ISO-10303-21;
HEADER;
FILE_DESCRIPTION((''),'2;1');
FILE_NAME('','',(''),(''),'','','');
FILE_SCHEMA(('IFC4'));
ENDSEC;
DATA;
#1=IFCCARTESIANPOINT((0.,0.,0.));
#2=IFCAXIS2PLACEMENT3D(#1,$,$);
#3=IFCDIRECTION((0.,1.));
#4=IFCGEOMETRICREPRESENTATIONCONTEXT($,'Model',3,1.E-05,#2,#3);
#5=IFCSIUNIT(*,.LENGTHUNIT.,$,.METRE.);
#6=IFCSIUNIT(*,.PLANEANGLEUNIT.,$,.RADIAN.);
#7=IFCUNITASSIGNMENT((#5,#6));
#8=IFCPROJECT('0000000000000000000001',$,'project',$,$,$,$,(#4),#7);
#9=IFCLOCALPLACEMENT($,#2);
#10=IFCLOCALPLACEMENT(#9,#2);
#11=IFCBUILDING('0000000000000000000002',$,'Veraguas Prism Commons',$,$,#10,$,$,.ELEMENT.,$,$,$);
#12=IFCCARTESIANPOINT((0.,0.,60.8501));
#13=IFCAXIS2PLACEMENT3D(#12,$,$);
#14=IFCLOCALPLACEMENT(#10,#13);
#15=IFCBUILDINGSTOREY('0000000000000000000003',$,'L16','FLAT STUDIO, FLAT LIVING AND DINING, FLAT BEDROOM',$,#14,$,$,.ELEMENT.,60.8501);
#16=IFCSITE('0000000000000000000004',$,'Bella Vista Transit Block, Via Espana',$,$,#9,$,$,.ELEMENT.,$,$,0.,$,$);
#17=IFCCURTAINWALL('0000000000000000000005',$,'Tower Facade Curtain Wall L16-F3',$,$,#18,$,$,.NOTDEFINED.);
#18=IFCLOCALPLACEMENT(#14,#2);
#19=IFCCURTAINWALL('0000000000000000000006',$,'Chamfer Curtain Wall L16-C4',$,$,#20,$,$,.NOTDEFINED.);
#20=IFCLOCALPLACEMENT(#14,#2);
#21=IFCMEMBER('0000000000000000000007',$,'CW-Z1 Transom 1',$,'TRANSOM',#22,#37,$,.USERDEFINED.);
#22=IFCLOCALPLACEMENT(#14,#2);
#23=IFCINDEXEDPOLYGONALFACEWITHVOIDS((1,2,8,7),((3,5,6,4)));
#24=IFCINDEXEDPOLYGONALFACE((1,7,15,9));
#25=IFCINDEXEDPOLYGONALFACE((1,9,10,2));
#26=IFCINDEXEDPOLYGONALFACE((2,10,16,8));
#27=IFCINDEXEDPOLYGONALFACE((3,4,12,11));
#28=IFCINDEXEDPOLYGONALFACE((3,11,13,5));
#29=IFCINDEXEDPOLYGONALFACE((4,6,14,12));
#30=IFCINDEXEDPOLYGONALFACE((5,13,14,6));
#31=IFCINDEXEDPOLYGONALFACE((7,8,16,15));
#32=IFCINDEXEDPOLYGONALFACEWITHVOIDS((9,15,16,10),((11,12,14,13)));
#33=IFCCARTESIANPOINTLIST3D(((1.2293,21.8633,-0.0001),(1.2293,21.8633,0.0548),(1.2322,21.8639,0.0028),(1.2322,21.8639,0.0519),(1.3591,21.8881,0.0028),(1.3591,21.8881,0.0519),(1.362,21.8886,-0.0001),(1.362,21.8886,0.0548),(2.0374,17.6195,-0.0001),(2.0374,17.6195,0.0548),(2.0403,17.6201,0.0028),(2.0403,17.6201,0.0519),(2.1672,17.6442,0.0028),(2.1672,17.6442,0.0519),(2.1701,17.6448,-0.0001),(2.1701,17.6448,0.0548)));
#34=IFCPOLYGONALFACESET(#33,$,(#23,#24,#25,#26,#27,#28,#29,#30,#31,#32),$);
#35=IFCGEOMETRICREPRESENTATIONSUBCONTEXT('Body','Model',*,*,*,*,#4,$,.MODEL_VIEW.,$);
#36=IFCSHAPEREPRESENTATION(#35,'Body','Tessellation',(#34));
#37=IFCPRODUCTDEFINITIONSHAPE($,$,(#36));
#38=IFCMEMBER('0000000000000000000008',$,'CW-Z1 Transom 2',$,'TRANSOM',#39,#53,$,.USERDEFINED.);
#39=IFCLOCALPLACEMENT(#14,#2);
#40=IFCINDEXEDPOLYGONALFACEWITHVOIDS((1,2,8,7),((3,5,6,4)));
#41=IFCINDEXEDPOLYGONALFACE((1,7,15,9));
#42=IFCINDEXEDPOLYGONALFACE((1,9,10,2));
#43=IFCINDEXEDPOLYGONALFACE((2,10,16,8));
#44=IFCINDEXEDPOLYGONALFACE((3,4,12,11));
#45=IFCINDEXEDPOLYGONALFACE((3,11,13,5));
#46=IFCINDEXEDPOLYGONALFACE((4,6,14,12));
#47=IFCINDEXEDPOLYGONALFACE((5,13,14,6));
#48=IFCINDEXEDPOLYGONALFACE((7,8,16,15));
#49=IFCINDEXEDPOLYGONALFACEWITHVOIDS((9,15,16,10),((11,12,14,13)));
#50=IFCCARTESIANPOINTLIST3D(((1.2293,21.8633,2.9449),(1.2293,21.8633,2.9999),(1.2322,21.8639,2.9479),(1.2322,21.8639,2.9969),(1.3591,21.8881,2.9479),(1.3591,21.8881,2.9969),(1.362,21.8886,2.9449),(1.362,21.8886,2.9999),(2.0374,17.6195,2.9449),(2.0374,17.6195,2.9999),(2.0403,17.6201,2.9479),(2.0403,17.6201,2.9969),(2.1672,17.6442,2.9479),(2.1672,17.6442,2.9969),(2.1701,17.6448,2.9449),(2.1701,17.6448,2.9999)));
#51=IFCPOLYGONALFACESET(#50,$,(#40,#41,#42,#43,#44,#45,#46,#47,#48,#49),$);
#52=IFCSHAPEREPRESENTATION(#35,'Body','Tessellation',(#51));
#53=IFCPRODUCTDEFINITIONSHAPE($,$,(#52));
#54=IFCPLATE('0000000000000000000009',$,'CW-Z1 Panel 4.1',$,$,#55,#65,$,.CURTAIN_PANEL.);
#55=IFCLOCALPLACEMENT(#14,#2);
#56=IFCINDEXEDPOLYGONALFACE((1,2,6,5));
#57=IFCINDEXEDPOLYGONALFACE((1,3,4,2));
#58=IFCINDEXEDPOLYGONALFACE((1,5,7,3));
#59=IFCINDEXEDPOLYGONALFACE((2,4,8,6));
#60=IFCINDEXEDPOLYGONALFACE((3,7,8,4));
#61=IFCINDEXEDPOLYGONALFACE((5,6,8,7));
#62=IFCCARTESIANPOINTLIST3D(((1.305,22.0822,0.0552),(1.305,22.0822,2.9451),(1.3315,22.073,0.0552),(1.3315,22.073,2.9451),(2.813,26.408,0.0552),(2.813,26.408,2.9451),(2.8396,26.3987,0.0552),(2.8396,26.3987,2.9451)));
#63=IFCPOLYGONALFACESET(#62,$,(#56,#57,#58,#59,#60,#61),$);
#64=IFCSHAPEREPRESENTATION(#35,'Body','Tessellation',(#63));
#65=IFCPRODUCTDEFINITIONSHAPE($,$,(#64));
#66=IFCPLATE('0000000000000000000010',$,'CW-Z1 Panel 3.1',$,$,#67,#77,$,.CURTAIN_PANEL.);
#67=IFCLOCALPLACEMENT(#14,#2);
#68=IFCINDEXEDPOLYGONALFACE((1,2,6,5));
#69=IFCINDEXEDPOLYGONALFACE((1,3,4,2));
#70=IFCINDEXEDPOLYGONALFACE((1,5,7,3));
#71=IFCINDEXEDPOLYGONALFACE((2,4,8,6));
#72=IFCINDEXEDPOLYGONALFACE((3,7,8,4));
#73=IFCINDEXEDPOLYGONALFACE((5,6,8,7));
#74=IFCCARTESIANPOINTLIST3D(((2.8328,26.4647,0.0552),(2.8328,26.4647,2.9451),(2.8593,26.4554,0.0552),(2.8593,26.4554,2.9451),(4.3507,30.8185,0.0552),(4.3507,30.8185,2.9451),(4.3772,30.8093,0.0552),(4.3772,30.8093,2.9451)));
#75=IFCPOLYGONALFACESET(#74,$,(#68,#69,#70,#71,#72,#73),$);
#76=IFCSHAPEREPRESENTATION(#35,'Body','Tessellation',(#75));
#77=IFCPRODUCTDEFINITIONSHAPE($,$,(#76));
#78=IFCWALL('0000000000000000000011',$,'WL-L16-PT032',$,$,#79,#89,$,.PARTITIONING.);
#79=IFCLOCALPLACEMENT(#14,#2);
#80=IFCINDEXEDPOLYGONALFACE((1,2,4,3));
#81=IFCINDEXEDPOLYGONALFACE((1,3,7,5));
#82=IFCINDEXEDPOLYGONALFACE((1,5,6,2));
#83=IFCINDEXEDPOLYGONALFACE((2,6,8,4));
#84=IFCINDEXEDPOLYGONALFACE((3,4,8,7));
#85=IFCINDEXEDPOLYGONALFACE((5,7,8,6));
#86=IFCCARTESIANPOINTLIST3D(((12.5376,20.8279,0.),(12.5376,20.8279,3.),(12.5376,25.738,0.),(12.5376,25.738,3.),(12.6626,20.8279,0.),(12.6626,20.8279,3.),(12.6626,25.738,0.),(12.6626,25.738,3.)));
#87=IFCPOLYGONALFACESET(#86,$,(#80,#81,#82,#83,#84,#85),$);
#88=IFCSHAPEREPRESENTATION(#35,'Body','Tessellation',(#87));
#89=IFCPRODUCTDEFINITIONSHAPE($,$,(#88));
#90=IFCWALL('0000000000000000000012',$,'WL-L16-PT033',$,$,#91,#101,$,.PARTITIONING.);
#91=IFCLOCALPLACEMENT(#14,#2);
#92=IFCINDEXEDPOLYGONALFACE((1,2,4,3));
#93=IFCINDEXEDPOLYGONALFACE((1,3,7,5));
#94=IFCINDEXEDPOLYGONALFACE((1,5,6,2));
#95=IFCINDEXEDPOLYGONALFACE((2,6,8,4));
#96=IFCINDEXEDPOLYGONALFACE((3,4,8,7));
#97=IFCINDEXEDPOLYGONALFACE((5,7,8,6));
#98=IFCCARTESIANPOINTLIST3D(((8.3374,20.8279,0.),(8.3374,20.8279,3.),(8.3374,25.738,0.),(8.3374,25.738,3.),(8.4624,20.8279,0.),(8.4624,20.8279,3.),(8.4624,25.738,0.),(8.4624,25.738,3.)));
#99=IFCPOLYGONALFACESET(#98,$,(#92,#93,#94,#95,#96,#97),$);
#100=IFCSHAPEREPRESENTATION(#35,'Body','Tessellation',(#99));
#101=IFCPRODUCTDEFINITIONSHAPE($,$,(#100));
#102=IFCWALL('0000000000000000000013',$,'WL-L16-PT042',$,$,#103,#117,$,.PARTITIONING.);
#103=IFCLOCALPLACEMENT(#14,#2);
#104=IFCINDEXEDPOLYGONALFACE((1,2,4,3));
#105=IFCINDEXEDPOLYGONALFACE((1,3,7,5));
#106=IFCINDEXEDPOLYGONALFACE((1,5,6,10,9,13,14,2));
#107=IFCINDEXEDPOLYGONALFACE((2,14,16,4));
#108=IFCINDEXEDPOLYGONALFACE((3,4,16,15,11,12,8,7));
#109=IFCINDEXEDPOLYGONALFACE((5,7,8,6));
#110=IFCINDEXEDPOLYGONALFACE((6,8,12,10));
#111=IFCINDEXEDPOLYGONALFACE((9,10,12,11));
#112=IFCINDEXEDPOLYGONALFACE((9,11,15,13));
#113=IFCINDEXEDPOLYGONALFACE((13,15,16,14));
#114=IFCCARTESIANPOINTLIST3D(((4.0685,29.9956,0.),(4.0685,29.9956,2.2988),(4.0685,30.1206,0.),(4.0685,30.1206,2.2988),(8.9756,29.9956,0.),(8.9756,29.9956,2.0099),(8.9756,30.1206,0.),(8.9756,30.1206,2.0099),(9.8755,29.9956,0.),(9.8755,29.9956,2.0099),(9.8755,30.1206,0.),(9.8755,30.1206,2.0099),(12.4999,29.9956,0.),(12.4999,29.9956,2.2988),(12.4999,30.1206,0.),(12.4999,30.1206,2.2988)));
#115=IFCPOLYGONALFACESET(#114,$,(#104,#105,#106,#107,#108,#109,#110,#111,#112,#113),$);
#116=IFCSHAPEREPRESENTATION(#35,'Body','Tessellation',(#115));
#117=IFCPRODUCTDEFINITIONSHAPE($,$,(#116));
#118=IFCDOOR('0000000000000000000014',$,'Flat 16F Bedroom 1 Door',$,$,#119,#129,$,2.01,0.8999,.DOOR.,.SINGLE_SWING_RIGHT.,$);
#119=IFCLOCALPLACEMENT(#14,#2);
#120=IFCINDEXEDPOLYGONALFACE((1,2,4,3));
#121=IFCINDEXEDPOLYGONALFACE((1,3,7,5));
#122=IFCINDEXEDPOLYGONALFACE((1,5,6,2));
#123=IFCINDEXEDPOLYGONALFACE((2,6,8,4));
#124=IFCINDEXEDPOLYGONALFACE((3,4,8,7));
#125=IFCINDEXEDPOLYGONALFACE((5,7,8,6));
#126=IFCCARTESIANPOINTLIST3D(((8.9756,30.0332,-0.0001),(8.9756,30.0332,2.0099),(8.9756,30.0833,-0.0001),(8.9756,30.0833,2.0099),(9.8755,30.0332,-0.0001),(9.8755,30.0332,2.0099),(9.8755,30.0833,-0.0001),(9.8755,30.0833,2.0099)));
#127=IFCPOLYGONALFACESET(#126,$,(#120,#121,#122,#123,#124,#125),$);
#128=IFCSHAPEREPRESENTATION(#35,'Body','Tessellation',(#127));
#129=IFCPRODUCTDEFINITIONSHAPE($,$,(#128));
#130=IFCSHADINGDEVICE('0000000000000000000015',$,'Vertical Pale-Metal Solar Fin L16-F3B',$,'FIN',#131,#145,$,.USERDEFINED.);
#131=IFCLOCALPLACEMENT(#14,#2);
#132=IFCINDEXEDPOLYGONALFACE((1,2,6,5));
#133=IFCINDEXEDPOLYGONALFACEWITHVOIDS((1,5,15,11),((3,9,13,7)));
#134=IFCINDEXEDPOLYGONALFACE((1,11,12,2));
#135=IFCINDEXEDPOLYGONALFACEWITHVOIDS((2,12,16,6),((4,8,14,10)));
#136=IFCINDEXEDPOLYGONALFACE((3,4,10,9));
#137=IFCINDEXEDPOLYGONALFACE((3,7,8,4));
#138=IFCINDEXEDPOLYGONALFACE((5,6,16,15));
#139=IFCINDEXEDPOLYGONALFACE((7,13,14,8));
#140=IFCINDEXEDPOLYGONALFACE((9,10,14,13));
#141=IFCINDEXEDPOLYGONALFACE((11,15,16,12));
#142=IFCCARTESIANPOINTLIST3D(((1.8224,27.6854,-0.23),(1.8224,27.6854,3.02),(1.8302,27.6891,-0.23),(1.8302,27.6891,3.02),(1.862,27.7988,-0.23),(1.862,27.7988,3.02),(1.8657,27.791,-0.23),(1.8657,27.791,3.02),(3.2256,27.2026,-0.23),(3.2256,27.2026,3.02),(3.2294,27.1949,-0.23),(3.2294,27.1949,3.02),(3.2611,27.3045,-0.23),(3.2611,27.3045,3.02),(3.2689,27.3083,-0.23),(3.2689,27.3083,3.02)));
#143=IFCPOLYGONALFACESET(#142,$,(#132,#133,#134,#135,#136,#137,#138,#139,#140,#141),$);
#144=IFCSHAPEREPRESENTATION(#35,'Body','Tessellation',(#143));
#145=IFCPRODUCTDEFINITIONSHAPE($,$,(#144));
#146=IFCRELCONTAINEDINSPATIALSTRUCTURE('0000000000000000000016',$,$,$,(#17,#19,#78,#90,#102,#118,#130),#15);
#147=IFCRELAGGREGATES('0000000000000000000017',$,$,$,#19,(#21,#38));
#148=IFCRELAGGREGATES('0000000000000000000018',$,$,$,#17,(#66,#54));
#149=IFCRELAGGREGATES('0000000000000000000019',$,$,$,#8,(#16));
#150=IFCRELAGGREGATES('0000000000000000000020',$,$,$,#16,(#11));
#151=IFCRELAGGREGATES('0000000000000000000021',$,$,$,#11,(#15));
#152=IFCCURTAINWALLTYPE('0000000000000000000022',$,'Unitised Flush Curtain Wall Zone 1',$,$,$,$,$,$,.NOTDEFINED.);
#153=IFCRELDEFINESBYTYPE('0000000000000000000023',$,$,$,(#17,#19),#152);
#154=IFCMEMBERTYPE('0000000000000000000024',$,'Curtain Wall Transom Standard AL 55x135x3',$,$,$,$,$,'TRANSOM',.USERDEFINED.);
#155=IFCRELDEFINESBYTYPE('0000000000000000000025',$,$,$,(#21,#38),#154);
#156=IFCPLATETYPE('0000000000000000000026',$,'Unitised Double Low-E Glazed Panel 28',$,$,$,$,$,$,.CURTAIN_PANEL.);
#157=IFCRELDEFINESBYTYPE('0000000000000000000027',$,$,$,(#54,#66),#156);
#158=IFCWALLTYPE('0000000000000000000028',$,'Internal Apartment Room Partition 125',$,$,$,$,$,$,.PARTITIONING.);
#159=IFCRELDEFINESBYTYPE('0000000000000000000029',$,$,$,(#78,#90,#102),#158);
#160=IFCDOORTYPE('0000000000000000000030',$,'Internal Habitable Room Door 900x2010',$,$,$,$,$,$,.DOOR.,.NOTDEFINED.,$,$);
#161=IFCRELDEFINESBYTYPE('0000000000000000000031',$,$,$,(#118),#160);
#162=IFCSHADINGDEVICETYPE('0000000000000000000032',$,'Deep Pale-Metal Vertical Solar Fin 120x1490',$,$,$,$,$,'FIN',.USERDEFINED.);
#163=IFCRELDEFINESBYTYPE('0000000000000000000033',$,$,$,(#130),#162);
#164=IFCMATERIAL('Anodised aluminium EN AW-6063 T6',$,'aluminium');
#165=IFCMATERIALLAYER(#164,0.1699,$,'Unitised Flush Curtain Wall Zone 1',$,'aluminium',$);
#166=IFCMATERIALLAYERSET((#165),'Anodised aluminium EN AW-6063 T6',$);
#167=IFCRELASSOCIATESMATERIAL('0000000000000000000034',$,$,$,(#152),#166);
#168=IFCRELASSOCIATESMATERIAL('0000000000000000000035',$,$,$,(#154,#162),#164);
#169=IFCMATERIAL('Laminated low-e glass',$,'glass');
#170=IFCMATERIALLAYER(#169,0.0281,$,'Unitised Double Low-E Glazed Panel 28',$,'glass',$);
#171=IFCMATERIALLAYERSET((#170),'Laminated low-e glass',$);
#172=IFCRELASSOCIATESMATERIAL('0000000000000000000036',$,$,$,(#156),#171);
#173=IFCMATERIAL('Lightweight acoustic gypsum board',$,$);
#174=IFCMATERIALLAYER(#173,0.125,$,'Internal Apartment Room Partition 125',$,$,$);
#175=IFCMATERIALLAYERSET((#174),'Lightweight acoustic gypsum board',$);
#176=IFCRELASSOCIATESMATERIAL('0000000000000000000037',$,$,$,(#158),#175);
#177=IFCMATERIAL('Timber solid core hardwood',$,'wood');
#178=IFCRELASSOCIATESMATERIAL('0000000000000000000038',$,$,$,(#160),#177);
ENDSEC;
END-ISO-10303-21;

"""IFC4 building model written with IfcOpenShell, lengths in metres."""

from ifc_helpers import new_model, si_unit, direction, frame, frame_2d, origin, origin_2d, place, context, subcontext, project, spatial, rectangle, hollow_rectangle, extrude, source, transform, mapped, material, layer, layer_set, material_profile, profile_set, type_object, element, fill, aggregate, save


model = new_model("IFC4")

# Units and contexts
model_context = context("Model", 3, precision=1e-05, world=origin(), true_north=direction((0.0, 1.0)))
body_context = subcontext(model_context, "Body", "Model", "MODEL_VIEW")
ifc_project = project(units=[si_unit("LENGTHUNIT", "METRE"), si_unit("PLANEANGLEUNIT", "RADIAN")], contexts=[model_context])

# Site, building, storey
site_placement = place(None, origin())
site = spatial("IfcSite", under=ifc_project, at=site_placement, Name="Bella Vista Transit Block, Via Espana", CompositionType="ELEMENT", RefElevation=0.0)
building_placement = place(site_placement, origin())
building = spatial("IfcBuilding", under=site, at=building_placement, Name="Veraguas Prism Commons", CompositionType="ELEMENT")
storey_placement = place(building_placement, frame((0.0, 0.0, 60.8501)))
storey = spatial("IfcBuildingStorey", under=building, at=storey_placement, Name="L16", Description="FLAT STUDIO, FLAT LIVING AND DINING, FLAT BEDROOM", CompositionType="ELEMENT", Elevation=60.8501)

# Curtain walls, members
ifc_material_1 = material(Name="Anodised aluminium EN AW-6063 T6", Category="aluminium")
ifc_layer_1 = layer(ifc_material_1, 0.1699, Name="Unitised Flush Curtain Wall Zone 1", Category="aluminium")
ifc_layer_set_1 = layer_set([ifc_layer_1], Name="Anodised aluminium EN AW-6063 T6")
curtain_wall_type = type_object("IfcCurtainWallType", Name="Unitised Flush Curtain Wall Zone 1", PredefinedType="NOTDEFINED", material=ifc_layer_set_1)
curtain_wall_1_placement = place(storey_placement, origin())
curtain_wall_1 = element("IfcCurtainWall", 1, at=curtain_wall_1_placement, inside=storey, type_object=curtain_wall_type, Name="Tower Facade Curtain Wall L16-F3", PredefinedType="NOTDEFINED")
curtain_wall_2_placement = place(storey_placement, origin())
curtain_wall_2 = element("IfcCurtainWall", 2, at=curtain_wall_2_placement, inside=storey, type_object=curtain_wall_type, Name="Chamfer Curtain Wall L16-C4", PredefinedType="NOTDEFINED")
ifc_material_profile_1 = material_profile(ifc_material_1, hollow_rectangle(XDim=0.0549, YDim=0.135, WallThickness=0.0029, at=origin_2d()), Name="AL55X135X3")
ifc_profile_set_1 = profile_set([ifc_material_profile_1], Name="Anodised aluminium EN AW-6063 T6")
member_type_1 = type_object("IfcMemberType", Name="Curtain Wall Transom Standard AL 55x135x3", ElementType="TRANSOM", PredefinedType="USERDEFINED", material=ifc_profile_set_1)
shared_shape_1 = source(origin(), body_context, "Body", "SweptSolid", [
    extrude(hollow_rectangle(XDim=0.0549, YDim=0.135, WallThickness=0.0029, at=origin_2d()), origin(), (0.0, 0.0, 1.0), 4.3201),
])
member_1_placement = place(storey_placement, frame((1.2957, 21.876, 0.0273), z_axis=(0.187055, -0.982349, 0.0), x_axis=(0.0, 0.0, 1.0)))
member_1 = element("IfcMember", 3, at=member_1_placement, type_object=member_type_1, Name="CW-Z1 Transom 1", ObjectType="TRANSOM", PredefinedType="USERDEFINED", context=body_context, shape_type="MappedRepresentation", body=[
    mapped(shared_shape_1, transform((0.0, 0.0, 0.0), scale=1.0)),
])
member_2_placement = place(storey_placement, frame((1.2957, 21.876, 2.9724), z_axis=(0.187055, -0.982349, 0.0), x_axis=(0.0, 0.0, 1.0)))
member_2 = element("IfcMember", 4, at=member_2_placement, type_object=member_type_1, Name="CW-Z1 Transom 2", ObjectType="TRANSOM", PredefinedType="USERDEFINED", context=body_context, shape_type="MappedRepresentation", body=[
    mapped(shared_shape_1, transform((0.0, 0.0, 0.0), scale=1.0)),
])
aggregate(curtain_wall_2, [member_1, member_2])

# Plates
ifc_material_2 = material(Name="Laminated low-e glass", Category="glass")
ifc_layer_2 = layer(ifc_material_2, 0.0281, Name="Unitised Double Low-E Glazed Panel 28", Category="glass")
ifc_layer_set_2 = layer_set([ifc_layer_2], Name="Laminated low-e glass")
plate_type = type_object("IfcPlateType", Name="Unitised Double Low-E Glazed Panel 28", PredefinedType="CURTAIN_PANEL", material=ifc_layer_set_2)
shared_shape_2 = source(origin(), body_context, "Body", "SweptSolid", [
    extrude(rectangle(XDim=4.5811, YDim=0.0281, at=origin_2d()), origin(), (0.0, 0.0, 1.0), 2.8899),
])
plate_1_placement = place(storey_placement, frame((2.0723, 24.2405, 0.0552), z_axis=(0.0, 0.0, 1.0), x_axis=(-0.329195, -0.944262, 0.0)))
plate_1 = element("IfcPlate", 5, at=plate_1_placement, type_object=plate_type, Name="CW-Z1 Panel 4.1", PredefinedType="CURTAIN_PANEL", context=body_context, shape_type="MappedRepresentation", body=[
    mapped(shared_shape_2, transform((0.0, 0.0, 0.0), scale=1.0)),
])
shared_shape_3 = source(origin(), body_context, "Body", "SweptSolid", [
    extrude(rectangle(XDim=4.6108, YDim=0.0281, at=origin_2d()), origin(), (0.0, 0.0, 1.0), 2.8899),
])
plate_2_placement = place(storey_placement, frame((3.605, 28.637, 0.0552), z_axis=(0.0, 0.0, 1.0), x_axis=(-0.329195, -0.944262, 0.0)))
plate_2 = element("IfcPlate", 6, at=plate_2_placement, type_object=plate_type, Name="CW-Z1 Panel 3.1", PredefinedType="CURTAIN_PANEL", context=body_context, shape_type="MappedRepresentation", body=[
    mapped(shared_shape_3, transform((0.0, 0.0, 0.0), scale=1.0)),
])
aggregate(curtain_wall_1, [plate_2, plate_1])

# Walls
ifc_material_3 = material(Name="Lightweight acoustic gypsum board")
ifc_layer_3 = layer(ifc_material_3, 0.125, Name="Internal Apartment Room Partition 125")
ifc_layer_set_3 = layer_set([ifc_layer_3], Name="Lightweight acoustic gypsum board")
wall_type = type_object("IfcWallType", Name="Internal Apartment Room Partition 125", PredefinedType="PARTITIONING", material=ifc_layer_set_3)
for number, where, z_axis, x_axis, name in (
    (7, (12.6001, 20.8279, 0.0), (0.0, 0.0, 1.0), (0.0, 1.0, 0.0), "WL-L16-PT032"),
    (8, (8.3999, 20.8279, 0.0), (0.0, 0.0, 1.0), (0.0, 1.0, 0.0), "WL-L16-PT033"),
):
    element("IfcWall", number, at=place(storey_placement, frame(where, z_axis=z_axis, x_axis=x_axis)), inside=storey, type_object=wall_type, Name=name, PredefinedType="PARTITIONING", context=body_context, shape_type="SweptSolid", body=[
        extrude(rectangle(XDim=4.9102, YDim=0.125, at=frame_2d((2.4551, 0.0))), origin(), (0.0, 0.0, 1.0), 3.0),
    ])

# Wall, opening, door
wall_placement = place(storey_placement, frame((12.5, 30.0581, 0.0), z_axis=(0.0, 0.0, 1.0), x_axis=(-1.0, 0.0, 0.0)))
wall = element("IfcWall", 9, at=wall_placement, inside=storey, type_object=wall_type, Name="WL-L16-PT042", PredefinedType="PARTITIONING", context=body_context, shape_type="SweptSolid", body=[
    extrude(rectangle(XDim=8.4314, YDim=0.125, at=frame_2d((4.2158, 0.0))), origin(), (0.0, 0.0, 1.0), 2.2988),
])
opening_placement = place(wall_placement, frame((2.6245, 0.0, 0.0)))
opening = element("IfcOpeningElement", 10, at=opening_placement, cuts=wall, PredefinedType="OPENING", context=body_context, shape_type="SweptSolid", body=[
    extrude(rectangle(XDim=0.8999, YDim=2.01, at=frame_2d((0.45, 1.0049))), frame((0.0, 0.0725, 0.0), z_axis=(0.0, -1.0, 0.0), x_axis=(1.0, 0.0, 0.0)), (0.0, 0.0, 1.0), 0.145),
])
ifc_material_4 = material(Name="Timber solid core hardwood", Category="wood")
door_type = type_object("IfcDoorType", Name="Internal Habitable Room Door 900x2010", OperationType="NOTDEFINED", PredefinedType="DOOR", material=ifc_material_4)
shared_shape_4 = source(origin(), body_context, "Body", "SweptSolid", [
    extrude(rectangle(XDim=0.8999, YDim=2.01, at=frame_2d((0.45, 1.0049))), frame((0.0, 0.0249, 0.0), z_axis=(0.0, -1.0, 0.0), x_axis=(1.0, 0.0, 0.0)), (0.0, 0.0, 1.0), 0.05),
])
door_placement = place(opening_placement, origin())
door = element("IfcDoor", 11, at=door_placement, inside=storey, type_object=door_type, Name="Flat 16F Bedroom 1 Door", OperationType="SINGLE_SWING_RIGHT", OverallHeight=2.01, OverallWidth=0.8999, PredefinedType="DOOR", context=body_context, shape_type="MappedRepresentation", body=[
    mapped(shared_shape_4, transform((0.0, 0.0, 0.0), scale=1.0)),
])
fill(opening, door)

# Shading device
ifc_material_profile_2 = material_profile(ifc_material_1, hollow_rectangle(XDim=0.1201, YDim=1.49, WallThickness=0.0061, at=origin_2d()), Name="FIN120X1490X6")
ifc_profile_set_2 = profile_set([ifc_material_profile_2], Name="Anodised aluminium EN AW-6063 T6")
shading_device_type = type_object("IfcShadingDeviceType", Name="Deep Pale-Metal Vertical Solar Fin 120x1490", ElementType="FIN", PredefinedType="USERDEFINED", material=ifc_profile_set_2)
shading_device_placement = place(storey_placement, frame((2.5457, 27.4968, -0.23), z_axis=(0.0, 0.0, 1.0), x_axis=(-0.329198, -0.944261, 0.0)))
element("IfcShadingDevice", 12, at=shading_device_placement, inside=storey, type_object=shading_device_type, Name="Vertical Pale-Metal Solar Fin L16-F3B", ObjectType="FIN", PredefinedType="USERDEFINED", context=body_context, shape_type="SweptSolid", body=[
    extrude(hollow_rectangle(XDim=0.1201, YDim=1.49, WallThickness=0.0061, at=origin_2d()), origin(), (0.0, 0.0, 1.0), 3.25),
])

save(model, "model.ifc")
